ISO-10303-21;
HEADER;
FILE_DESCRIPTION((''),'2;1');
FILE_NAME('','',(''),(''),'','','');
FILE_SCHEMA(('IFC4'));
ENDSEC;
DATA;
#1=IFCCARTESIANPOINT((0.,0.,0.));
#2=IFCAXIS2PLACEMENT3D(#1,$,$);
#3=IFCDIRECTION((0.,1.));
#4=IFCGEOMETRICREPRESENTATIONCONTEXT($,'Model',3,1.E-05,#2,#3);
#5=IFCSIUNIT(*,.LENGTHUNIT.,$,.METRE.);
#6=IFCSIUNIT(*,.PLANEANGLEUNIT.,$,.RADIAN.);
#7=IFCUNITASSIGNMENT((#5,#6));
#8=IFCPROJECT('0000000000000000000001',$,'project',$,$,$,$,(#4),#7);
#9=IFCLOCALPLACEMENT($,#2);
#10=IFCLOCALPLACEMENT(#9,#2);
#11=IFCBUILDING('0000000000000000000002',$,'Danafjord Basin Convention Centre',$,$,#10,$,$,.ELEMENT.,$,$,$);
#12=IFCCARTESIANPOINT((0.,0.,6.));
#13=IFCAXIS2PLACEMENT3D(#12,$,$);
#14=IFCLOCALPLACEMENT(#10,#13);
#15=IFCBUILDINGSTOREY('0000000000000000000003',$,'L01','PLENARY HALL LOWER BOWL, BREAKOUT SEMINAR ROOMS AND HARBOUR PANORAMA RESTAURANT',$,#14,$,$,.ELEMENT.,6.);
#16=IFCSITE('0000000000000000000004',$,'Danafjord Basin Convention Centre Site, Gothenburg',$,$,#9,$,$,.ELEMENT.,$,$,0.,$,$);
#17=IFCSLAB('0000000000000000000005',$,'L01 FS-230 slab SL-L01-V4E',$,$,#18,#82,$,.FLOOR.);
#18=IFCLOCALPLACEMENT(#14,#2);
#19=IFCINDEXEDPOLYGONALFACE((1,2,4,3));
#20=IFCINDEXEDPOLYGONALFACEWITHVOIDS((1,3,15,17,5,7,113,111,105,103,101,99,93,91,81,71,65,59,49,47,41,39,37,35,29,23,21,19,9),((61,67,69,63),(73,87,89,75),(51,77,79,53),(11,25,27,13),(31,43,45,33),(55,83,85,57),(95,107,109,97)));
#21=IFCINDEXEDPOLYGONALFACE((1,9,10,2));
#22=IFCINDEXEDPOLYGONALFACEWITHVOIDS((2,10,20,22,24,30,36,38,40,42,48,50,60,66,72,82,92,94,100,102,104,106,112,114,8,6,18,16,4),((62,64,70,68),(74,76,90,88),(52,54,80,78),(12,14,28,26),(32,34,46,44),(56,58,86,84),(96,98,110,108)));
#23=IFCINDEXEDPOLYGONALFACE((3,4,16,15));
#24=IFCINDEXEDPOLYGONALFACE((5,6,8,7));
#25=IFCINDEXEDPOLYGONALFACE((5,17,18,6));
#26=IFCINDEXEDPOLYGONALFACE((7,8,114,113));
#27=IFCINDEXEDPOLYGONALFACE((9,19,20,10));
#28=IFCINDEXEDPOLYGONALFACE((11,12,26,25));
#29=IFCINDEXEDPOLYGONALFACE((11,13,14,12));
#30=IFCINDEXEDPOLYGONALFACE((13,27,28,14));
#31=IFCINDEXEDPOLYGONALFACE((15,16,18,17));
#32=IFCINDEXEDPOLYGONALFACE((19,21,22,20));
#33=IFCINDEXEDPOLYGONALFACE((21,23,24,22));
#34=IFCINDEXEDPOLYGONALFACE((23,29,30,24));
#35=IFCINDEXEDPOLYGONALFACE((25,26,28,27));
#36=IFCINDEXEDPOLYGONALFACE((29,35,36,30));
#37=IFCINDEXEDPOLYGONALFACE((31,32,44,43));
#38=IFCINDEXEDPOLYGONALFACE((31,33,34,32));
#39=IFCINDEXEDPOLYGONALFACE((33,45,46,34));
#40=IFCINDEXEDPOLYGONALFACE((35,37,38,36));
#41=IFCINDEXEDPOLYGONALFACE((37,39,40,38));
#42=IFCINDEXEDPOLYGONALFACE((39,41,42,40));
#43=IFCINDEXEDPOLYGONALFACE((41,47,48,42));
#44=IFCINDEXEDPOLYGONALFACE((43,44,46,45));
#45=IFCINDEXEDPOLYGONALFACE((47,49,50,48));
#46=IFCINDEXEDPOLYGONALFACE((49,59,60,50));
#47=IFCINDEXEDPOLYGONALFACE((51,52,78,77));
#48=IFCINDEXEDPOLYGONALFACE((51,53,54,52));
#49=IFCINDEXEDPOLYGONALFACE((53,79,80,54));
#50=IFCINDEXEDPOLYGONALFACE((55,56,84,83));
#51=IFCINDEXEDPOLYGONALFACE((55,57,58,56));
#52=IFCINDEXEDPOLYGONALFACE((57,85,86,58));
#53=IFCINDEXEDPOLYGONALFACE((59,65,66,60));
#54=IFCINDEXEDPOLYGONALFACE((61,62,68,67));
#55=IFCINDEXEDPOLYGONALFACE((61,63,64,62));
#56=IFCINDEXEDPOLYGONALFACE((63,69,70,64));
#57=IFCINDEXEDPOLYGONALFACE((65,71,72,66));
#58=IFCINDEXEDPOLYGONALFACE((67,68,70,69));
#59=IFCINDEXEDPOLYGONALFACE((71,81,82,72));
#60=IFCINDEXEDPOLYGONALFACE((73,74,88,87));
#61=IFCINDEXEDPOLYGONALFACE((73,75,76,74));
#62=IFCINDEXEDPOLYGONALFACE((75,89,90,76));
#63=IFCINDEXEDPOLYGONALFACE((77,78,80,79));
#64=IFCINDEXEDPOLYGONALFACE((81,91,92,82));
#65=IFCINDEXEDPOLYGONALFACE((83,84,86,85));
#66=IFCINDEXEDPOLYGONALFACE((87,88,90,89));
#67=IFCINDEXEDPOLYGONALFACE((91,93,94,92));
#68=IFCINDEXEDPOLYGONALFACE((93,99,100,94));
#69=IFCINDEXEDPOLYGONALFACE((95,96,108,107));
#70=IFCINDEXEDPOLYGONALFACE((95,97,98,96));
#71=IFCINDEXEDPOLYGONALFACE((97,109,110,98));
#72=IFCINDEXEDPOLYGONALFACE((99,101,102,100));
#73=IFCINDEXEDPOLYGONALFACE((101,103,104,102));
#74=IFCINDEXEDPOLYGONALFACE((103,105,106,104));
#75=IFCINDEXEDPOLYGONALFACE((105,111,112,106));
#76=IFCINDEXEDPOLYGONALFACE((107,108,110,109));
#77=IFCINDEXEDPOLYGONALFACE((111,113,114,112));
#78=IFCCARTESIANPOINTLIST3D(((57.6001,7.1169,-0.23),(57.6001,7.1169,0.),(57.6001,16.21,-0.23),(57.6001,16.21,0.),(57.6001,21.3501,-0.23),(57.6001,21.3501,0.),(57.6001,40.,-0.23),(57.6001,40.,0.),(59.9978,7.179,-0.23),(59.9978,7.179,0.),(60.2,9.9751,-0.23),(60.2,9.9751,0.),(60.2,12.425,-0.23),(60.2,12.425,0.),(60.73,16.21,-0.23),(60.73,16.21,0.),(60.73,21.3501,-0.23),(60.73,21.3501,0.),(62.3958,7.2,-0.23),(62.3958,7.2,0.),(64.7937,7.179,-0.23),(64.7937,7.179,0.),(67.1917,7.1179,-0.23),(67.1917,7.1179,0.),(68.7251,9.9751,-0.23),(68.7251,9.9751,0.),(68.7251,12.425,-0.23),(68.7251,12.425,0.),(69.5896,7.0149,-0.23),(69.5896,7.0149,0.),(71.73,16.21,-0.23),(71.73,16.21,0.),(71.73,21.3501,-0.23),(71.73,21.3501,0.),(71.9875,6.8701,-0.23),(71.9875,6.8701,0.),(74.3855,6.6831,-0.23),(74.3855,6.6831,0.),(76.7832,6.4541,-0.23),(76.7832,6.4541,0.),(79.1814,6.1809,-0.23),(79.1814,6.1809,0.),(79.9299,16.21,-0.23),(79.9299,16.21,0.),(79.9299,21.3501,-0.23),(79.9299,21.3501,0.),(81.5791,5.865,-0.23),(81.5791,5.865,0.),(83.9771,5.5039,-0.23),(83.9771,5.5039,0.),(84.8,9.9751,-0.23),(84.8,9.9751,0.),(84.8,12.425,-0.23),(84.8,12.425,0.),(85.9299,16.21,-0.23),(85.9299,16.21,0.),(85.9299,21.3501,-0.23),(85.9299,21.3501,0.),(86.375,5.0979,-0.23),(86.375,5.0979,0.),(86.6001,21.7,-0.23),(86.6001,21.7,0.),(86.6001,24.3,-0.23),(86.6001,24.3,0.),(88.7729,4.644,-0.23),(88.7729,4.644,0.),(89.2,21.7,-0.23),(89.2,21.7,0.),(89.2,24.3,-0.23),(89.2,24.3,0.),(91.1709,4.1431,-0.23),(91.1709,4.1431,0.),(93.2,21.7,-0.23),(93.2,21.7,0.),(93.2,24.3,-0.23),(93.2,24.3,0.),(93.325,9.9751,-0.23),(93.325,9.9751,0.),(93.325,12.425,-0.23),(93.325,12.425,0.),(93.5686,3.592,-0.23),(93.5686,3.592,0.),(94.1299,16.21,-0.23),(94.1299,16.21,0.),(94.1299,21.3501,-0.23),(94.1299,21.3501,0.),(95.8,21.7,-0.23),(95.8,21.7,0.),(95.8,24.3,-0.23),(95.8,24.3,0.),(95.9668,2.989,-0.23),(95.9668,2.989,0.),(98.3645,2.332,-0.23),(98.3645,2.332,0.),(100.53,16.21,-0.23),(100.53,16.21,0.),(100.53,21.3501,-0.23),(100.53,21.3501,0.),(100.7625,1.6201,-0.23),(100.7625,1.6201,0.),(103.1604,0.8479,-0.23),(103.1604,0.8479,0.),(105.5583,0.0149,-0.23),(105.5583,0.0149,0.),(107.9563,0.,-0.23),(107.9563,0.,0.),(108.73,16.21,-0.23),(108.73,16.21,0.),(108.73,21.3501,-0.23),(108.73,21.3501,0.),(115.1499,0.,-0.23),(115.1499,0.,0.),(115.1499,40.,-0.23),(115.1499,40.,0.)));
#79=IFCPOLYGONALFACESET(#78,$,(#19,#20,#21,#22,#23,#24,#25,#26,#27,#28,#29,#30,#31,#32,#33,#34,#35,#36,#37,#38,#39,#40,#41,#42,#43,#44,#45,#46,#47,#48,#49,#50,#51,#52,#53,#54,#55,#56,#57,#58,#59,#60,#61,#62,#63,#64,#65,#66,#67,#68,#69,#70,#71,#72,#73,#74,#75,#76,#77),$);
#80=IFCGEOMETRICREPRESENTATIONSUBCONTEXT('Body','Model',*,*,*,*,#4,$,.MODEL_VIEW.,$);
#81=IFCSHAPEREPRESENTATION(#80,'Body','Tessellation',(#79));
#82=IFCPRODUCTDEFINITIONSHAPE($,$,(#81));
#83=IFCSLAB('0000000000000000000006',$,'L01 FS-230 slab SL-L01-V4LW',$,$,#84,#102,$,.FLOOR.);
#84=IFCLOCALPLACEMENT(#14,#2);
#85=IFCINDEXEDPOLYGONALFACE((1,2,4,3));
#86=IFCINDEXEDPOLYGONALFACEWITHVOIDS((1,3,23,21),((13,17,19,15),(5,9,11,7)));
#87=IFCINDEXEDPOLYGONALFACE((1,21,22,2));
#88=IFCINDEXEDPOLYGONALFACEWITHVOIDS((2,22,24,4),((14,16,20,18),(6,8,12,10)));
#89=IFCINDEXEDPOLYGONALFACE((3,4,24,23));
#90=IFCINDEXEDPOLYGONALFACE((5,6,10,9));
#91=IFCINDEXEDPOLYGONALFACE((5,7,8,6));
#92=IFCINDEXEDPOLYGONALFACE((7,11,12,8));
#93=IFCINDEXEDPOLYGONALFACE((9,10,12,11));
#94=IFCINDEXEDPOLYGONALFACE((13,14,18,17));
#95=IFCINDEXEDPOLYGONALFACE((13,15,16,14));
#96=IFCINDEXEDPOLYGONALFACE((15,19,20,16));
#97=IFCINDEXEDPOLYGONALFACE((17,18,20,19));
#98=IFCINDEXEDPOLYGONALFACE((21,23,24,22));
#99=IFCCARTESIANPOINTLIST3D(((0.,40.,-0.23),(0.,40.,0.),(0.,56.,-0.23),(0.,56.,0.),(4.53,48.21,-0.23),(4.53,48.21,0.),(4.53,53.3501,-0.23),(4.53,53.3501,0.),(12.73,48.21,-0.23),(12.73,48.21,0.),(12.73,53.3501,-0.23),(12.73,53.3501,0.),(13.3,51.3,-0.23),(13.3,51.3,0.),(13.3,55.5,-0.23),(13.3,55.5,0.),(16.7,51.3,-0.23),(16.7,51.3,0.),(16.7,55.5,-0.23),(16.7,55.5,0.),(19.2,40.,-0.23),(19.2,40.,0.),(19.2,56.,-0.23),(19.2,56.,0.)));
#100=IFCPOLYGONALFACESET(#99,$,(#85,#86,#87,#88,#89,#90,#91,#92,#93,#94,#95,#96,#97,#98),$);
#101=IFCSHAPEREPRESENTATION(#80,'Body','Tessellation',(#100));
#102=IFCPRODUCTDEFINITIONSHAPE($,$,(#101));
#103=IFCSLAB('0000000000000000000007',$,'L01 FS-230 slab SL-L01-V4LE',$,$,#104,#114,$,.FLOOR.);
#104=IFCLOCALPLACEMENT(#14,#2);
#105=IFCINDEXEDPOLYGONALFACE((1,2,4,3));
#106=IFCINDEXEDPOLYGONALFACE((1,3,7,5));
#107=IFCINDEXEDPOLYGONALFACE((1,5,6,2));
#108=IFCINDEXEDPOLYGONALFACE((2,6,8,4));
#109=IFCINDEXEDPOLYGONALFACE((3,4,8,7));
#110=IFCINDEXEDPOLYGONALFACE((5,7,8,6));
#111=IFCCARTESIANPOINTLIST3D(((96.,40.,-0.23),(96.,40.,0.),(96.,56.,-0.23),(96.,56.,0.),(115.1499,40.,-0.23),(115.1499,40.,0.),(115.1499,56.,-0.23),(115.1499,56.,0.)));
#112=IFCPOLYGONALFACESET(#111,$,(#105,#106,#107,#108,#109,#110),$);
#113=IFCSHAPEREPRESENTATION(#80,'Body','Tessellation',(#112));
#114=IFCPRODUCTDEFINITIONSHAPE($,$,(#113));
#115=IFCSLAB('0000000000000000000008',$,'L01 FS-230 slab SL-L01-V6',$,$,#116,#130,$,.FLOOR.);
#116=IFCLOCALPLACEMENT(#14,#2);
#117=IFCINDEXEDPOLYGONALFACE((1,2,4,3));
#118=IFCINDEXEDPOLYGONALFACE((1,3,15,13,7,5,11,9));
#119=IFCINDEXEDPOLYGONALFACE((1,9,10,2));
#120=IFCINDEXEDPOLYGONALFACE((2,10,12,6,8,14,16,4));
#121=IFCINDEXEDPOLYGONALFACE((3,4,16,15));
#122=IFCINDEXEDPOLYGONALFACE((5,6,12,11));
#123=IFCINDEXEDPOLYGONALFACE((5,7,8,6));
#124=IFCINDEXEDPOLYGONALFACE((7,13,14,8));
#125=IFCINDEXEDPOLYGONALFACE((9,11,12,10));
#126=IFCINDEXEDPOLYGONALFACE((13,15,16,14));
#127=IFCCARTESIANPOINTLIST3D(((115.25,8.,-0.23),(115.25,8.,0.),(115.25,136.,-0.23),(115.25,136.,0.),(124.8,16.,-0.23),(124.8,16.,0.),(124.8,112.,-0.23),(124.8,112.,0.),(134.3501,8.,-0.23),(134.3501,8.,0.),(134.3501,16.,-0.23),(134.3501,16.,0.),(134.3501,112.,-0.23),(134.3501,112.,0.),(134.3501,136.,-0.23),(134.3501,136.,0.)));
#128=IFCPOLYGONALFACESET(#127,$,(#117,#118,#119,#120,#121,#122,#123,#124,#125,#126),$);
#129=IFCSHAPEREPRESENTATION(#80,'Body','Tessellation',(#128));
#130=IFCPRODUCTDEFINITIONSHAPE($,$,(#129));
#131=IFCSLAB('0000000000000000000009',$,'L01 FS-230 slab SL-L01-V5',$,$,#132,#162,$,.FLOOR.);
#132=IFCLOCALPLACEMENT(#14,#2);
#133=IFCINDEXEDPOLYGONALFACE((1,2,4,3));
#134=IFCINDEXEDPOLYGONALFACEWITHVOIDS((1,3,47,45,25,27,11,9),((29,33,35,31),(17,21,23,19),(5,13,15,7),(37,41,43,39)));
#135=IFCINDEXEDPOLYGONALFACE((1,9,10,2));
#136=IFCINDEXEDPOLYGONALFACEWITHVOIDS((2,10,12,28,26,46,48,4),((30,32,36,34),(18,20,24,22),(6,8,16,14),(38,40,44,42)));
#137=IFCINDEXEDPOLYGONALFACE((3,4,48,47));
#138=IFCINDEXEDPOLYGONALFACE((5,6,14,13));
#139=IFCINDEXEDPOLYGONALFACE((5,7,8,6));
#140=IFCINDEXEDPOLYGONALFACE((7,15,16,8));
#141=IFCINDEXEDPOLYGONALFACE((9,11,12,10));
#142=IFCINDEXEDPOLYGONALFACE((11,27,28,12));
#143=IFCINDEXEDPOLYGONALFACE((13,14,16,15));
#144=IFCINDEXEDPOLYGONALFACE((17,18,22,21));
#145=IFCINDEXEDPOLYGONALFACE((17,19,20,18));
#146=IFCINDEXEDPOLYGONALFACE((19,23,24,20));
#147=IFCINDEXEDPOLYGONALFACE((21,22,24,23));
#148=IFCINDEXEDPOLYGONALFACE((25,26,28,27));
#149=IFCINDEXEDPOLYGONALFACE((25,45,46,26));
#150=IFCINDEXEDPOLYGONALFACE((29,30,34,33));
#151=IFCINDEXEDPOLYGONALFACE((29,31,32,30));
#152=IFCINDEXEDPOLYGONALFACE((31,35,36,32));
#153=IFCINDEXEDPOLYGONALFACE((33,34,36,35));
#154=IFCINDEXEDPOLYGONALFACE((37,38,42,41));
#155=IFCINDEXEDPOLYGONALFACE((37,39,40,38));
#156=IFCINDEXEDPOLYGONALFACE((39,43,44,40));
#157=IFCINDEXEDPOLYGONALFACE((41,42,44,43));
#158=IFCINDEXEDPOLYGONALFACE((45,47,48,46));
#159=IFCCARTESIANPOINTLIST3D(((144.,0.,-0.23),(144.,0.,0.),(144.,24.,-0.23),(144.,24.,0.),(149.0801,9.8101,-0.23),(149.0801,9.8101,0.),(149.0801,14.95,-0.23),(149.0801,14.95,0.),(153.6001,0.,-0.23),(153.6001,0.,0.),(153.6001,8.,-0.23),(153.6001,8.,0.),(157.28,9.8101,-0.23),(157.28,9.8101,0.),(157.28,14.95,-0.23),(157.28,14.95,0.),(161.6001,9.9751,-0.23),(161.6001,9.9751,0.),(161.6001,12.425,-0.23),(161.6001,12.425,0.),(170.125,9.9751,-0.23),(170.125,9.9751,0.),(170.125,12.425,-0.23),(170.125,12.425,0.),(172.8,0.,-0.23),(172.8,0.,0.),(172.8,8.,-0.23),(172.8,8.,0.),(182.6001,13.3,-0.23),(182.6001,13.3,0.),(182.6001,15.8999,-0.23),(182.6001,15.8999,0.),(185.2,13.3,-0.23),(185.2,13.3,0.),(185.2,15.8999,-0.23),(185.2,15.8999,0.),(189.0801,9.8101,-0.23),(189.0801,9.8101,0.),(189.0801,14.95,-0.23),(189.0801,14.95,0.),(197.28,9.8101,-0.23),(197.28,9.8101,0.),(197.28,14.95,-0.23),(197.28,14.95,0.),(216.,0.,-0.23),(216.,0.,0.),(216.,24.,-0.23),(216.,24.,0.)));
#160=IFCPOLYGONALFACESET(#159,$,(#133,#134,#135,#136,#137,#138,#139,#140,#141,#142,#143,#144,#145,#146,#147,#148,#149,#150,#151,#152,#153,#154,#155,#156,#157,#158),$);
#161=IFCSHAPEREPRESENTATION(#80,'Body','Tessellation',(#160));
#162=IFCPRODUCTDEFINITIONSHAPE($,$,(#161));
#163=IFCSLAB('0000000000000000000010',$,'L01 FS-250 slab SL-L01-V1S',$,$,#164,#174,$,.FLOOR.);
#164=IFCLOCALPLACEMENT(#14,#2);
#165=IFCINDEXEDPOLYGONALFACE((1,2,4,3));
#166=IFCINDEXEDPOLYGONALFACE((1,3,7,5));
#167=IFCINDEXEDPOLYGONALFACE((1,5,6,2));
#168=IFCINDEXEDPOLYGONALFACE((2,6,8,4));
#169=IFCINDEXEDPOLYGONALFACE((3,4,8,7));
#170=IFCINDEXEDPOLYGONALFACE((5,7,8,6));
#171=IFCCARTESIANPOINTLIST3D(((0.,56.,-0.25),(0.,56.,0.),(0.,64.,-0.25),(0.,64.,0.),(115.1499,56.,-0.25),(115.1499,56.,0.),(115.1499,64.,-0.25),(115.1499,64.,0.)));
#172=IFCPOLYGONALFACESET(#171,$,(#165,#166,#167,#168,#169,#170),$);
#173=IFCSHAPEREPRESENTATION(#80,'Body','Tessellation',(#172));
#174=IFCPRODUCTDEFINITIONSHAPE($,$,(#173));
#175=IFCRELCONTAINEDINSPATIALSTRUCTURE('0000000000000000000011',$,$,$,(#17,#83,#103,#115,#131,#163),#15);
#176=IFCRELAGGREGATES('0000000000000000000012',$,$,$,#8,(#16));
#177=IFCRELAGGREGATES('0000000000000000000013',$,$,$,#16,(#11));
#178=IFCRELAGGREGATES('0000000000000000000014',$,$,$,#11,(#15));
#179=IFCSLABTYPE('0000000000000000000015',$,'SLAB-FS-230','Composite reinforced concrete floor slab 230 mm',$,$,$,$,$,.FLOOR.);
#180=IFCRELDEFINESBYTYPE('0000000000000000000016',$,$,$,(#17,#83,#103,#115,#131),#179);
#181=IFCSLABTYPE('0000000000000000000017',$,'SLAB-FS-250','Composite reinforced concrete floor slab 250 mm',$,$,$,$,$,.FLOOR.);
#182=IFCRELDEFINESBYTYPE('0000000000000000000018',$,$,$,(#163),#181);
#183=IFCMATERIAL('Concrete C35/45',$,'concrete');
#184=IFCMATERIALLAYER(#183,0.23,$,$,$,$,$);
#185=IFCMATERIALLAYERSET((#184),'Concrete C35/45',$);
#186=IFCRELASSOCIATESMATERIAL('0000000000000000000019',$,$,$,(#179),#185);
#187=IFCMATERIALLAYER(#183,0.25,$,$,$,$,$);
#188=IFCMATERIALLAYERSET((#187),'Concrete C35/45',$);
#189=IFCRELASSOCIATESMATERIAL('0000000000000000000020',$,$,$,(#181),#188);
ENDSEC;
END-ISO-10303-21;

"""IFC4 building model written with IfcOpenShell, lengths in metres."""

from ifc_helpers import new_model, si_unit, direction, frame, origin, place, context, subcontext, project, spatial, polyline, outline, extrude, material, layer, layer_set, type_object, element, save


model = new_model("IFC4")

# Units and contexts
model_context = context("Model", 3, precision=1e-05, world=origin(), true_north=direction((0.0, 1.0)))
body_context = subcontext(model_context, "Body", "Model", "MODEL_VIEW")
ifc_project = project(units=[si_unit("LENGTHUNIT", "METRE"), si_unit("PLANEANGLEUNIT", "RADIAN")], contexts=[model_context])

# Site, building, storey
site_placement = place(None, origin())
site = spatial("IfcSite", under=ifc_project, at=site_placement, Name="Danafjord Basin Convention Centre Site, Gothenburg", CompositionType="ELEMENT", RefElevation=0.0)
building_placement = place(site_placement, origin())
building = spatial("IfcBuilding", under=site, at=building_placement, Name="Danafjord Basin Convention Centre", CompositionType="ELEMENT")
storey_placement = place(building_placement, frame((0.0, 0.0, 6.0)))
storey = spatial("IfcBuildingStorey", under=building, at=storey_placement, Name="L01", Description="PLENARY HALL LOWER BOWL, BREAKOUT SEMINAR ROOMS AND HARBOUR PANORAMA RESTAURANT", CompositionType="ELEMENT", Elevation=6.0)

# Slabs
ifc_material_1 = material(Name="Concrete C35/45", Category="concrete")
ifc_layer_1 = layer(ifc_material_1, 0.23)
ifc_layer_set_1 = layer_set([ifc_layer_1], Name="Concrete C35/45")
slab_type_1 = type_object("IfcSlabType", Name="SLAB-FS-230", Description="Composite reinforced concrete floor slab 230 mm", PredefinedType="FLOOR", material=ifc_layer_set_1)
slab_1_placement = place(storey_placement, frame((0.0, 0.0, -0.23)))
element("IfcSlab", 1, at=slab_1_placement, inside=storey, type_object=slab_type_1, Name="L01 FS-230 slab SL-L01-V4E", PredefinedType="FLOOR", context=body_context, shape_type="SweptSolid", body=[
    extrude(outline(polyline([(60.73, 16.21), (60.73, 21.3501), (57.6001, 21.3501), (57.6001, 40.0), (115.1499, 40.0), (115.1499, 0.0), (107.9563, 0.0), (105.5583, 0.0149), (103.1604, 0.8479), (100.7625, 1.6201), (98.3645, 2.332), (95.9668, 2.989), (93.5686, 3.592), (91.1709, 4.1431), (88.7729, 4.644), (86.375, 5.0979), (83.9771, 5.5039), (81.5791, 5.865), (79.1814, 6.1809), (76.7832, 6.4541), (74.3855, 6.6831), (71.9875, 6.8701), (69.5896, 7.0149), (67.1917, 7.1179), (64.7937, 7.179), (62.3958, 7.2), (59.9978, 7.179), (57.6001, 7.1169), (57.6001, 16.21), (60.73, 16.21)]), holes=[polyline([(108.73, 21.3501), (100.53, 21.3501), (100.53, 16.21), (108.73, 16.21), (108.73, 21.3501)]), polyline([(95.8, 24.3), (93.2, 24.3), (93.2, 21.7), (95.8, 21.7), (95.8, 24.3)]), polyline([(94.1299, 21.3501), (85.9299, 21.3501), (85.9299, 16.21), (94.1299, 16.21), (94.1299, 21.3501)]), polyline([(93.325, 12.425), (84.8, 12.425), (84.8, 9.9751), (93.325, 9.9751), (93.325, 12.425)]), polyline([(89.2, 24.3), (86.6001, 24.3), (86.6001, 21.7), (89.2, 21.7), (89.2, 24.3)]), polyline([(79.9299, 21.3501), (71.73, 21.3501), (71.73, 16.21), (79.9299, 16.21), (79.9299, 21.3501)]), polyline([(60.2, 12.425), (60.2, 9.9751), (68.7251, 9.9751), (68.7251, 12.425), (60.2, 12.425)])]), origin(), (0.0, 0.0, 1.0), 0.23),
])
slab_2_placement = place(storey_placement, frame((0.0, 0.0, -0.23)))
element("IfcSlab", 2, at=slab_2_placement, inside=storey, type_object=slab_type_1, Name="L01 FS-230 slab SL-L01-V4LW", PredefinedType="FLOOR", context=body_context, shape_type="SweptSolid", body=[
    extrude(outline(polyline([(0.0, 56.0), (19.2, 56.0), (19.2, 40.0), (0.0, 40.0), (0.0, 56.0)]), holes=[polyline([(13.3, 51.3), (16.7, 51.3), (16.7, 55.5), (13.3, 55.5), (13.3, 51.3)]), polyline([(4.53, 48.21), (12.73, 48.21), (12.73, 53.3501), (4.53, 53.3501), (4.53, 48.21)])]), origin(), (0.0, 0.0, 1.0), 0.23),
])
slab_3_placement = place(storey_placement, frame((0.0, 0.0, -0.23)))
element("IfcSlab", 3, at=slab_3_placement, inside=storey, type_object=slab_type_1, Name="L01 FS-230 slab SL-L01-V4LE", PredefinedType="FLOOR", context=body_context, shape_type="SweptSolid", body=[
    extrude(outline(polyline([(96.0, 40.0), (96.0, 56.0), (115.1499, 56.0), (115.1499, 40.0), (96.0, 40.0)])), origin(), (0.0, 0.0, 1.0), 0.23),
])
slab_4_placement = place(storey_placement, frame((0.0, 0.0, -0.23)))
element("IfcSlab", 4, at=slab_4_placement, inside=storey, type_object=slab_type_1, Name="L01 FS-230 slab SL-L01-V6", PredefinedType="FLOOR", context=body_context, shape_type="SweptSolid", body=[
    extrude(outline(polyline([(115.25, 8.0), (115.25, 136.0), (134.3501, 136.0), (134.3501, 112.0), (124.8, 112.0), (124.8, 16.0), (134.3501, 16.0), (134.3501, 8.0), (115.25, 8.0)])), origin(), (0.0, 0.0, 1.0), 0.23),
])
slab_5_placement = place(storey_placement, frame((0.0, 0.0, -0.23)))
element("IfcSlab", 5, at=slab_5_placement, inside=storey, type_object=slab_type_1, Name="L01 FS-230 slab SL-L01-V5", PredefinedType="FLOOR", context=body_context, shape_type="SweptSolid", body=[
    extrude(outline(polyline([(144.0, 24.0), (216.0, 24.0), (216.0, 0.0), (172.8, 0.0), (172.8, 8.0), (153.6001, 8.0), (153.6001, 0.0), (144.0, 0.0), (144.0, 24.0)]), holes=[polyline([(189.0801, 14.95), (189.0801, 9.8101), (197.28, 9.8101), (197.28, 14.95), (189.0801, 14.95)]), polyline([(182.6001, 15.8999), (182.6001, 13.3), (185.2, 13.3), (185.2, 15.8999), (182.6001, 15.8999)]), polyline([(161.6001, 12.425), (161.6001, 9.9751), (170.125, 9.9751), (170.125, 12.425), (161.6001, 12.425)]), polyline([(149.0801, 14.95), (149.0801, 9.8101), (157.28, 9.8101), (157.28, 14.95), (149.0801, 14.95)])]), origin(), (0.0, 0.0, 1.0), 0.23),
])
ifc_layer_2 = layer(ifc_material_1, 0.25)
ifc_layer_set_2 = layer_set([ifc_layer_2], Name="Concrete C35/45")
slab_type_2 = type_object("IfcSlabType", Name="SLAB-FS-250", Description="Composite reinforced concrete floor slab 250 mm", PredefinedType="FLOOR", material=ifc_layer_set_2)
slab_6_placement = place(storey_placement, frame((0.0, 0.0, -0.25)))
element("IfcSlab", 6, at=slab_6_placement, inside=storey, type_object=slab_type_2, Name="L01 FS-250 slab SL-L01-V1S", PredefinedType="FLOOR", context=body_context, shape_type="SweptSolid", body=[
    extrude(outline(polyline([(0.0, 56.0), (0.0, 64.0), (115.1499, 64.0), (115.1499, 56.0), (0.0, 56.0)])), origin(), (0.0, 0.0, 1.0), 0.25),
])

save(model, "model.ifc")
